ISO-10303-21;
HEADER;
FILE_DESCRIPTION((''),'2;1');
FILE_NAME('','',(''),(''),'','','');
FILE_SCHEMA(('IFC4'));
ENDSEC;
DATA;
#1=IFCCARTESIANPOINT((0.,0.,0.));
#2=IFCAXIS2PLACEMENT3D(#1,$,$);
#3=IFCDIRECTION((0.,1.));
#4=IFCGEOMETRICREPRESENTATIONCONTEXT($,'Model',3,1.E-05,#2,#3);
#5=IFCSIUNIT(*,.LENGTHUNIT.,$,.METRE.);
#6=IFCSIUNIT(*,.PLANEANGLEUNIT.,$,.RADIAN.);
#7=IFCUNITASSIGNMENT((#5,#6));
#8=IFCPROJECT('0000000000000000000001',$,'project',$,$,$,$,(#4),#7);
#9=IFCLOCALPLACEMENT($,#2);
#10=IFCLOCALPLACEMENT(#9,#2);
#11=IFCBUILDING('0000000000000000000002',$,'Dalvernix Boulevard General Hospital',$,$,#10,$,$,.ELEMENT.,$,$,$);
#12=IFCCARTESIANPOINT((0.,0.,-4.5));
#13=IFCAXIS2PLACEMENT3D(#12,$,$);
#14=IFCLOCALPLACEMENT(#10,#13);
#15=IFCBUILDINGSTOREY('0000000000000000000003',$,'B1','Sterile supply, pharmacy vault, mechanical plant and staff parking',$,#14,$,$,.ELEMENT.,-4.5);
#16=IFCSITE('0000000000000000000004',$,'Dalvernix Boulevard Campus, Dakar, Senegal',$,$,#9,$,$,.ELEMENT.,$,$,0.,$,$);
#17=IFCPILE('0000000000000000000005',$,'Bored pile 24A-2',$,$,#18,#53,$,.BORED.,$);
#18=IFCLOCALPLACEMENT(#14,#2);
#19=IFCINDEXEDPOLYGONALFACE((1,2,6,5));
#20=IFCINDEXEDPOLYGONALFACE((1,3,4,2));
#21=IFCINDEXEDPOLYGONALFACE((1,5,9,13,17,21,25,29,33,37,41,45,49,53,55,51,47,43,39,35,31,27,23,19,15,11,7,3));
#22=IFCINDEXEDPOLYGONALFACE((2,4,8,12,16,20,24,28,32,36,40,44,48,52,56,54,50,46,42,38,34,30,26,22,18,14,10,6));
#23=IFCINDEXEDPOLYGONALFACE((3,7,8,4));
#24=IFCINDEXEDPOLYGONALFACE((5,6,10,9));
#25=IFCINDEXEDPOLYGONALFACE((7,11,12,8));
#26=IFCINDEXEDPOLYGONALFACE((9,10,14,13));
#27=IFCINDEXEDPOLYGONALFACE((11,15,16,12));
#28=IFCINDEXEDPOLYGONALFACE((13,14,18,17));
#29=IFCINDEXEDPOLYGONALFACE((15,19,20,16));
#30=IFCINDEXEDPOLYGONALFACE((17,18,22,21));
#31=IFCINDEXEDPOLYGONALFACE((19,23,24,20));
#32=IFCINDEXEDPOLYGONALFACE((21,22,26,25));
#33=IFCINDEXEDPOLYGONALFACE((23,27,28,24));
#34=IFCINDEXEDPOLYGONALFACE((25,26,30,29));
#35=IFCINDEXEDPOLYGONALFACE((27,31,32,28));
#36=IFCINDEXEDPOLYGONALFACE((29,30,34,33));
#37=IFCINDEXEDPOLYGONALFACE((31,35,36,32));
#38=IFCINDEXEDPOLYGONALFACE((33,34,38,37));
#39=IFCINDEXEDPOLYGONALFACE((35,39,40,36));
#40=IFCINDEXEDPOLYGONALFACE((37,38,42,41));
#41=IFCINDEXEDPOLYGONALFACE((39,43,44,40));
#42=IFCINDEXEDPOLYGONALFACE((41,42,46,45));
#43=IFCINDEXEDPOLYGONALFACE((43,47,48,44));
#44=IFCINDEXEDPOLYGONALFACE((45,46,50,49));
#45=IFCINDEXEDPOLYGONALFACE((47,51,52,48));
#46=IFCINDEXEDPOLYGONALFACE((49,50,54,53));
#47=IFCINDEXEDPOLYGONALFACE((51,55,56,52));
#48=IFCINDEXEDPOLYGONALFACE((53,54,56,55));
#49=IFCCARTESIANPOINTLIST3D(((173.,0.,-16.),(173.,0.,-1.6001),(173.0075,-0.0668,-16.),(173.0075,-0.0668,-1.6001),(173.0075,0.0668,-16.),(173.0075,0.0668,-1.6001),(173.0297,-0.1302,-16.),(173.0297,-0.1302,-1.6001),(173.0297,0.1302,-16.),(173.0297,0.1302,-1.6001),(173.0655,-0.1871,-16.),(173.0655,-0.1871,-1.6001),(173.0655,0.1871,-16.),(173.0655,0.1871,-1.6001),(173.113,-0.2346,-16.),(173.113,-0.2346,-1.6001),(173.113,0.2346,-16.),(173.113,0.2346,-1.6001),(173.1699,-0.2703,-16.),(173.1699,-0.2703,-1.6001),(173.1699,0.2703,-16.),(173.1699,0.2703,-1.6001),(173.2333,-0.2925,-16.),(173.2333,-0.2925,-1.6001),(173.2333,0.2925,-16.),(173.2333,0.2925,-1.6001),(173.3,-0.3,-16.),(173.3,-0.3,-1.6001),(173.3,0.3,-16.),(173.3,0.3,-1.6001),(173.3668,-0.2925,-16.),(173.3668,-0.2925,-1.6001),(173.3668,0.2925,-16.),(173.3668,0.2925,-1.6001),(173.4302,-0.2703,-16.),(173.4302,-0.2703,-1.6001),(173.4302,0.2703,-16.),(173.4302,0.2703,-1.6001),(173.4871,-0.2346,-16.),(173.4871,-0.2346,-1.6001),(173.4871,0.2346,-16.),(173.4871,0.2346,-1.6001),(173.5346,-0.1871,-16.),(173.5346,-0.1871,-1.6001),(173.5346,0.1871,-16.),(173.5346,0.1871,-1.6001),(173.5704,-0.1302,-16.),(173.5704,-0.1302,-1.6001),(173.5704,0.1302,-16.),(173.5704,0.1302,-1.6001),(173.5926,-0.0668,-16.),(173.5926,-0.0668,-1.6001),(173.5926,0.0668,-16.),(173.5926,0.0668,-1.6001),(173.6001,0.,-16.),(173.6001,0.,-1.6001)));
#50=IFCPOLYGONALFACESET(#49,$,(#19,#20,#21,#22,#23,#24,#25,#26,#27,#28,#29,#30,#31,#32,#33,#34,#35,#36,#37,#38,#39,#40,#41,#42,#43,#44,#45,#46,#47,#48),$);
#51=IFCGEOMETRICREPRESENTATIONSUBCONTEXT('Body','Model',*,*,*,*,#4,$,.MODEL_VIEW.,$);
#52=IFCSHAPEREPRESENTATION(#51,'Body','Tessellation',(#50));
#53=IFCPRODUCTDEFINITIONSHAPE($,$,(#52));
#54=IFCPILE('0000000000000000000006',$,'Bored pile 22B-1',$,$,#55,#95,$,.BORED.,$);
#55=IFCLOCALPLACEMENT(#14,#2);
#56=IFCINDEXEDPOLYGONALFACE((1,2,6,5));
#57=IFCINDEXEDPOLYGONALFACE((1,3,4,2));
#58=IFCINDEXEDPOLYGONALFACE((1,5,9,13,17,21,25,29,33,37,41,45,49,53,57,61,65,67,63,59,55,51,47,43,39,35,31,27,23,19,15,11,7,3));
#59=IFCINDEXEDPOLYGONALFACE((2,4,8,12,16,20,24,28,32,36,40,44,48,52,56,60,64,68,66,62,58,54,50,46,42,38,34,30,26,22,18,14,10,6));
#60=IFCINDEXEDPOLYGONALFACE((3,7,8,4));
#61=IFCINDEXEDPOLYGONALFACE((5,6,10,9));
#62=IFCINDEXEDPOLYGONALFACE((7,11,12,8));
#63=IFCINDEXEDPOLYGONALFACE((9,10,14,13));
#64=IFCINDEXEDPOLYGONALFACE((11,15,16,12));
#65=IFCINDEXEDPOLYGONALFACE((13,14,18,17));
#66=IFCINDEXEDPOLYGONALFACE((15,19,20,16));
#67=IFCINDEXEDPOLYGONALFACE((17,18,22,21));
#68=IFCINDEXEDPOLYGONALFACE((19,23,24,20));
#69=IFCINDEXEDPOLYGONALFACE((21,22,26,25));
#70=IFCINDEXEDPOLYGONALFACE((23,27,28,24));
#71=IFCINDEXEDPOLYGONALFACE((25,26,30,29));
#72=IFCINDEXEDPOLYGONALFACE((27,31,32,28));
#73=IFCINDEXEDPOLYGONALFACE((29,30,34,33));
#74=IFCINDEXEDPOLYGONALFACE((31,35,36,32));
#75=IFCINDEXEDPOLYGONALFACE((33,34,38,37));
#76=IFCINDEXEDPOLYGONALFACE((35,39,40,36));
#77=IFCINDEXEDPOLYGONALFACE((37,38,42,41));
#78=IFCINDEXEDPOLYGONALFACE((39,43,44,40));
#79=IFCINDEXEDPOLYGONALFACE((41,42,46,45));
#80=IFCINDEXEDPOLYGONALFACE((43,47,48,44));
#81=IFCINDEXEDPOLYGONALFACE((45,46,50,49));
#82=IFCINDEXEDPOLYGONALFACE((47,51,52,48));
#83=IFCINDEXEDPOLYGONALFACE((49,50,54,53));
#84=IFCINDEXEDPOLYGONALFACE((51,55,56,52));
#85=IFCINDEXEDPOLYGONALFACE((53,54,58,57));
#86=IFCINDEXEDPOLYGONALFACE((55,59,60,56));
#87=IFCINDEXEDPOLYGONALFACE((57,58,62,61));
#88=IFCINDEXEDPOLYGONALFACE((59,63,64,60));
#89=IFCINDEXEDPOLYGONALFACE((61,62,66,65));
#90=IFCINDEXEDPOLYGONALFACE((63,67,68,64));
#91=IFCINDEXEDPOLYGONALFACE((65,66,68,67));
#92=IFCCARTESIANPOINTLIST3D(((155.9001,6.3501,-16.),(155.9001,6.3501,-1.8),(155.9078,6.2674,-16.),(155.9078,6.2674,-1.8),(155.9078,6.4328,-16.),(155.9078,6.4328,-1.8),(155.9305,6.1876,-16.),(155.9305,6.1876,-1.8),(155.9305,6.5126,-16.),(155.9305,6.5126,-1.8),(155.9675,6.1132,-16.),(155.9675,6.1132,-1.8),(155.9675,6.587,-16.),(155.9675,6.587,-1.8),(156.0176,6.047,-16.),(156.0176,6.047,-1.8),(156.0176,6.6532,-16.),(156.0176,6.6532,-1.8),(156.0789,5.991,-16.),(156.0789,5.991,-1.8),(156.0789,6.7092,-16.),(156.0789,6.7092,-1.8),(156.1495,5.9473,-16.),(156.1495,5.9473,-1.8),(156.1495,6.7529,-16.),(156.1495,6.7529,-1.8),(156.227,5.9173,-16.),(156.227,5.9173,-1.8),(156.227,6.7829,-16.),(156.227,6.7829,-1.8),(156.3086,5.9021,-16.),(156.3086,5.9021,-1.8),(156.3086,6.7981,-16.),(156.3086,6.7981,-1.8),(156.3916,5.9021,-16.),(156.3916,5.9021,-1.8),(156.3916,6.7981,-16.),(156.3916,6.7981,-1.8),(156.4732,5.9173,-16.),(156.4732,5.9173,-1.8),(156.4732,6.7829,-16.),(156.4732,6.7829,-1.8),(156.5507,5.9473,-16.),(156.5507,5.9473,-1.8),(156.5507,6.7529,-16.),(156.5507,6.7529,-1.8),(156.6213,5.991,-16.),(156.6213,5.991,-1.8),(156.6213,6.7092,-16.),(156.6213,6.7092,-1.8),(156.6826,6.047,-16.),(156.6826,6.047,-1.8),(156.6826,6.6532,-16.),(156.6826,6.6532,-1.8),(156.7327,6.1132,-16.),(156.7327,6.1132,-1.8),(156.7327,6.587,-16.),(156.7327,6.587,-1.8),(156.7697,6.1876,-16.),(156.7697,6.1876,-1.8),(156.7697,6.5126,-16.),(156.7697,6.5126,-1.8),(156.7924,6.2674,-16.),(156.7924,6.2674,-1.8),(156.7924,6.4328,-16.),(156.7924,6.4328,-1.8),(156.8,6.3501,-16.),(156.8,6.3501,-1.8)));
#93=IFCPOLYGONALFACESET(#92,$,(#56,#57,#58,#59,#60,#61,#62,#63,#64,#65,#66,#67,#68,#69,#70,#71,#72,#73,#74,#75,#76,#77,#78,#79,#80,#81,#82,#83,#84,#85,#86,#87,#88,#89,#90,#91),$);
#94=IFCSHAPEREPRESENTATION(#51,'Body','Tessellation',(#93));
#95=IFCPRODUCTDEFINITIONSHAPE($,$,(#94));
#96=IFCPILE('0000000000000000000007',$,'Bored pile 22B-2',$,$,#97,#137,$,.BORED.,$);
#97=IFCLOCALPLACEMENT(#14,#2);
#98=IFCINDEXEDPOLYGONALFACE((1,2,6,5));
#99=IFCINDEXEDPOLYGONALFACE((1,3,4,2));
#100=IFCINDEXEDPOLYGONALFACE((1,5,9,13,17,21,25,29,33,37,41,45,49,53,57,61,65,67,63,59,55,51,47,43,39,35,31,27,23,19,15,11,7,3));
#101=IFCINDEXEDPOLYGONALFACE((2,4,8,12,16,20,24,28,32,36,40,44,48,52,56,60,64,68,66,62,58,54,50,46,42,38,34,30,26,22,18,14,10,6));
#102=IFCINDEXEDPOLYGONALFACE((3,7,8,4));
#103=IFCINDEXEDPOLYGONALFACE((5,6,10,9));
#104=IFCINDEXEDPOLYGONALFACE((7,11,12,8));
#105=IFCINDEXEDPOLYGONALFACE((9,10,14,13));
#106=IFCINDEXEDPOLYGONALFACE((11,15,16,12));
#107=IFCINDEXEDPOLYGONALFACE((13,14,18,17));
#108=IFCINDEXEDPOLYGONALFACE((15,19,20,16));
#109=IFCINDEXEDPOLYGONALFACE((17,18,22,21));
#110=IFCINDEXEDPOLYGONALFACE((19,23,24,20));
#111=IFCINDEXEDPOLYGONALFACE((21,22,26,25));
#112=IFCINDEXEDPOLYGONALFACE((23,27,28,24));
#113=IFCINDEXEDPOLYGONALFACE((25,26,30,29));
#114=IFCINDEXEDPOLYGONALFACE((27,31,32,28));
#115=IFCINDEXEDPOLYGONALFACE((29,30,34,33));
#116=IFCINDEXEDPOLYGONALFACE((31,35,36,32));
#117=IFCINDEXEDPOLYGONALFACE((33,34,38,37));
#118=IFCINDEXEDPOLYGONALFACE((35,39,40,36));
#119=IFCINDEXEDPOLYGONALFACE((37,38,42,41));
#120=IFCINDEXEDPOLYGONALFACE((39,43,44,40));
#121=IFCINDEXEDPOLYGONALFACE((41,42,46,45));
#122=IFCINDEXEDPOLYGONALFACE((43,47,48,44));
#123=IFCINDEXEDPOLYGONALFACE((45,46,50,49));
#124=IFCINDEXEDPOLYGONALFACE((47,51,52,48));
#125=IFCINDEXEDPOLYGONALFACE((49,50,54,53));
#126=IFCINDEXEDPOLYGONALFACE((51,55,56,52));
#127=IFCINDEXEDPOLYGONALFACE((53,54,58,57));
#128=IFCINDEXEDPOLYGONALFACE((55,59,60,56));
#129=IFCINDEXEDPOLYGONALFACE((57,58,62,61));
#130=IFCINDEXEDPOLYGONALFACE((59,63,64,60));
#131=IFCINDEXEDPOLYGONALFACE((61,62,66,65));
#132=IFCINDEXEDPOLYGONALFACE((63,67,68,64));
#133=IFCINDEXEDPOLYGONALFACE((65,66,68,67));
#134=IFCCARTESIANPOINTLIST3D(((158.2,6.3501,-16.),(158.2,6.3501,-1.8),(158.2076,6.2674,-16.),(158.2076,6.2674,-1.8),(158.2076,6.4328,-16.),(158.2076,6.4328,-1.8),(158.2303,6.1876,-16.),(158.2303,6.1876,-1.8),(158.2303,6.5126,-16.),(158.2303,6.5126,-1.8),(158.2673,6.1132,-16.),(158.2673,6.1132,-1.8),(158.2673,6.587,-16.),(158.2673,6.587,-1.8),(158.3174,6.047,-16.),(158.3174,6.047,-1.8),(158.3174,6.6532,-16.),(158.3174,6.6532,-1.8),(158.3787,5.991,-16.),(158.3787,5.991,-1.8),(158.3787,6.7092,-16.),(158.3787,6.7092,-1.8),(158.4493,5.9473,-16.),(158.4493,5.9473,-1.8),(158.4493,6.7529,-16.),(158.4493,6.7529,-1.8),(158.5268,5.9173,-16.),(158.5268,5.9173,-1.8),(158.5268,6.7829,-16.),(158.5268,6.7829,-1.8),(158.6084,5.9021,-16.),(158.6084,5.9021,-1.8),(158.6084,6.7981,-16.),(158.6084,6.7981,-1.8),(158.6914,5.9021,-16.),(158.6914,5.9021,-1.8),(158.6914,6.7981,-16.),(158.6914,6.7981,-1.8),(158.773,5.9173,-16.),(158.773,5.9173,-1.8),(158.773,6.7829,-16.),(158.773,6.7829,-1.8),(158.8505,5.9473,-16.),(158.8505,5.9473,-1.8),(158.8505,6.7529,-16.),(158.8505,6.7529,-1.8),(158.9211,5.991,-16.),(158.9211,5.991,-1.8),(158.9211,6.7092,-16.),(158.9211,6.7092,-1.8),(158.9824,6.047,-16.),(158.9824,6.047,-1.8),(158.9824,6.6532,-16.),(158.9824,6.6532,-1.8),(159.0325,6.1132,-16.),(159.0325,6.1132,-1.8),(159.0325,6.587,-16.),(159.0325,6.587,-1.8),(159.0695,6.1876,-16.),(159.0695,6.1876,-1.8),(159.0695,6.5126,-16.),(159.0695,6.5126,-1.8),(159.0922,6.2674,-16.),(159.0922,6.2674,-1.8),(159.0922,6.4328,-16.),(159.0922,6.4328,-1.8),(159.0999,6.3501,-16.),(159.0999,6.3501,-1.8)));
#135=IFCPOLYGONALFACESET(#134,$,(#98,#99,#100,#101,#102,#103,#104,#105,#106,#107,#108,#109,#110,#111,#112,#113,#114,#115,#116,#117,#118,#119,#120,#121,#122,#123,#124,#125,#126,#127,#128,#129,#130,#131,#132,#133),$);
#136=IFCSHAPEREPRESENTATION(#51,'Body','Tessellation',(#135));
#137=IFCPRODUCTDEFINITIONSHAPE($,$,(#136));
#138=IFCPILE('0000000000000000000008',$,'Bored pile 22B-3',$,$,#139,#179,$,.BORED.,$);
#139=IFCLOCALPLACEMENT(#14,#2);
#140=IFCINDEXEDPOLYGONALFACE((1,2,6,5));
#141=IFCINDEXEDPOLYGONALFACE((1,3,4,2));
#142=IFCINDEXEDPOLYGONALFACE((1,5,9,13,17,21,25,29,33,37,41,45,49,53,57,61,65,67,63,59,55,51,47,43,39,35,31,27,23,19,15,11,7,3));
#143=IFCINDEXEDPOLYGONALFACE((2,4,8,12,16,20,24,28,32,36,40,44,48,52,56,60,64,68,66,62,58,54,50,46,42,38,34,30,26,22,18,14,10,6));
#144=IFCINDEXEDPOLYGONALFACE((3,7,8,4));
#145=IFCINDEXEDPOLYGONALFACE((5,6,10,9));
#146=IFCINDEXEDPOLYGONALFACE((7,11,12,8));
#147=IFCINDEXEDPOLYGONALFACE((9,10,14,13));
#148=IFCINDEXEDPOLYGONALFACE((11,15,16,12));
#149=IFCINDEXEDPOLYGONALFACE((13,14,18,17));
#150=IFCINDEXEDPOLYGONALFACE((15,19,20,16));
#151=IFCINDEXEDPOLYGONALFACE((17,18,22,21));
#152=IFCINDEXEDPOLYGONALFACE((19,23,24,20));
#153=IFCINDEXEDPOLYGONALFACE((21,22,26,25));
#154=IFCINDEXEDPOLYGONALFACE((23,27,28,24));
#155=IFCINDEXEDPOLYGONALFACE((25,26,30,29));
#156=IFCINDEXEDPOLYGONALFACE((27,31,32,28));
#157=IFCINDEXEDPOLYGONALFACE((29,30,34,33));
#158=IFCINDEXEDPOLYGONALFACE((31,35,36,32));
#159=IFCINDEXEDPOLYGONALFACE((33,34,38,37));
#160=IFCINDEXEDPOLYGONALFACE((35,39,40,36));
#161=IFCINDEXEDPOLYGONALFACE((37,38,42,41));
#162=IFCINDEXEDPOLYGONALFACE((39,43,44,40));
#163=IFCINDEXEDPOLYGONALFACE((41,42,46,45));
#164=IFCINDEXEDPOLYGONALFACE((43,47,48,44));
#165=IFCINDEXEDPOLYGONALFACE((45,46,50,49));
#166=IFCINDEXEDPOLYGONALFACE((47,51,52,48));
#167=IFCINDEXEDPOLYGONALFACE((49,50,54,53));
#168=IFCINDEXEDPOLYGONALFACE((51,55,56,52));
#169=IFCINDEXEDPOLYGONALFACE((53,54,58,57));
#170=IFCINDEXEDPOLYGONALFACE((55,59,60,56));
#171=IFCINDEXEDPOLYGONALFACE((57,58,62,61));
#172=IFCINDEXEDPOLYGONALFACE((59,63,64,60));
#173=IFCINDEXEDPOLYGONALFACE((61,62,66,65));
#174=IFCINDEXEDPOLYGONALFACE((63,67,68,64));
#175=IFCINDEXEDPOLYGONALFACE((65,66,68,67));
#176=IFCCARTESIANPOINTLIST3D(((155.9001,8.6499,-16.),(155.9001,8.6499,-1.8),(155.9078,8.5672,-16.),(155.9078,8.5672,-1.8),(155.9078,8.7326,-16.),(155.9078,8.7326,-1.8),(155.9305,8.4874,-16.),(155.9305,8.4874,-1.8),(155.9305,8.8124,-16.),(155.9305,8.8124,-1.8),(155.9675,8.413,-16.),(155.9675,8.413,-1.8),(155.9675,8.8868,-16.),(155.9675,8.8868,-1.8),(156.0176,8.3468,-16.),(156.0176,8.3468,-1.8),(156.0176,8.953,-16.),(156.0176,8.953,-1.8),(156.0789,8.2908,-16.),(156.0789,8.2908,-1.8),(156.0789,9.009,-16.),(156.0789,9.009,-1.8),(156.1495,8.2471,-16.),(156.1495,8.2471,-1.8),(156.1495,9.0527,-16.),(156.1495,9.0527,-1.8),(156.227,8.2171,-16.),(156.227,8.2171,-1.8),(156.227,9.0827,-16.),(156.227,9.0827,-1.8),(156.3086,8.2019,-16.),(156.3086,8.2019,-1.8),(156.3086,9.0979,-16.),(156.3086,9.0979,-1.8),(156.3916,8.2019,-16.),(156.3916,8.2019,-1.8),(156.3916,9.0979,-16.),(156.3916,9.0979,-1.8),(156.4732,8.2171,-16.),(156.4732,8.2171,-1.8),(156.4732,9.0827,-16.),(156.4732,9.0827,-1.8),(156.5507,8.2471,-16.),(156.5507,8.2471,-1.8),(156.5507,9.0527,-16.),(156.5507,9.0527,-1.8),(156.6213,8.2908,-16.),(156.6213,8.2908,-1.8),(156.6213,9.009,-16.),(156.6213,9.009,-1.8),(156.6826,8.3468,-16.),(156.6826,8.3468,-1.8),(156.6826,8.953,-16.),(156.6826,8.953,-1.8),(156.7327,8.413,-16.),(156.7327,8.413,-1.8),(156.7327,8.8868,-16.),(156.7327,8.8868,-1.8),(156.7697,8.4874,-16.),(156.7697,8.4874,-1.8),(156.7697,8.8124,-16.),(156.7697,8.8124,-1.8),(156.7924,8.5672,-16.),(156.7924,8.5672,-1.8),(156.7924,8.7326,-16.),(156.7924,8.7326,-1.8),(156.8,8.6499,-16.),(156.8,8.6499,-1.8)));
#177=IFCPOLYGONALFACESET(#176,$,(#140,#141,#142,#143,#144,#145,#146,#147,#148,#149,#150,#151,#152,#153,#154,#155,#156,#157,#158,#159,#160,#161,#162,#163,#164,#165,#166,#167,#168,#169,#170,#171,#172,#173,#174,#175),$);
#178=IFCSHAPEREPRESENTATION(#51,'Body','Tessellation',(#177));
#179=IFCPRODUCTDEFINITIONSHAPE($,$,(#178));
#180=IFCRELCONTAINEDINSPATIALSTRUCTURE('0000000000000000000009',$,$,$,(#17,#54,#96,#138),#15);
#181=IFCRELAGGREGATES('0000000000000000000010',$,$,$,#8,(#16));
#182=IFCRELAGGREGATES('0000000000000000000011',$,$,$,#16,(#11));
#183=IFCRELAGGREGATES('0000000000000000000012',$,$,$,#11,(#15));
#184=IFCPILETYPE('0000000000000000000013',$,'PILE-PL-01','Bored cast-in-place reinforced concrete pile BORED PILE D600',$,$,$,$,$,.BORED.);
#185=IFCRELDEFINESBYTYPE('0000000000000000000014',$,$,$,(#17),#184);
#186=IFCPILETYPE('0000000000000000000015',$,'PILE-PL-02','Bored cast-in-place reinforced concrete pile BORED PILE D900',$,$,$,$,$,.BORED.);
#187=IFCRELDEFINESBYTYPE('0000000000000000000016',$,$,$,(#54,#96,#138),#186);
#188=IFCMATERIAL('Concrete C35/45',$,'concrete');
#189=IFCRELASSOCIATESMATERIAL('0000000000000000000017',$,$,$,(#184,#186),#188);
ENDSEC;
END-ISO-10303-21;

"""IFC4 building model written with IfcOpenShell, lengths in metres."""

from ifc_helpers import new_model, si_unit, direction, frame, origin, origin_2d, place, context, subcontext, project, spatial, circle, extrude, material, material_profile, profile_set, type_object, element, save


model = new_model("IFC4")

# Units and contexts
model_context = context("Model", 3, precision=1e-05, world=origin(), true_north=direction((0.0, 1.0)))
body_context = subcontext(model_context, "Body", "Model", "MODEL_VIEW")
ifc_project = project(units=[si_unit("LENGTHUNIT", "METRE"), si_unit("PLANEANGLEUNIT", "RADIAN")], contexts=[model_context])

# Site, building, storey
site_placement = place(None, origin())
site = spatial("IfcSite", under=ifc_project, at=site_placement, Name="Dalvernix Boulevard Campus, Dakar, Senegal", CompositionType="ELEMENT", RefElevation=0.0)
building_placement = place(site_placement, origin())
building = spatial("IfcBuilding", under=site, at=building_placement, Name="Dalvernix Boulevard General Hospital", CompositionType="ELEMENT")
storey_placement = place(building_placement, frame((0.0, 0.0, -4.5)))
storey = spatial("IfcBuildingStorey", under=building, at=storey_placement, Name="B1", Description="Sterile supply, pharmacy vault, mechanical plant and staff parking", CompositionType="ELEMENT", Elevation=-4.5)

# Shared definitions
ifc_material_1 = material(Name="Concrete C35/45", Category="concrete")

# Piles
ifc_material_profile_1 = material_profile(ifc_material_1, circle(Radius=0.3, at=origin_2d()), Name="BORED PILE D600")
ifc_profile_set_1 = profile_set([ifc_material_profile_1], Name="Concrete C35/45")
pile_type_1 = type_object("IfcPileType", Name="PILE-PL-01", Description="Bored cast-in-place reinforced concrete pile BORED PILE D600", PredefinedType="BORED", material=ifc_profile_set_1)
for number, where, z_axis, x_axis, name in (
    (1, (173.3, 0.0, -1.6001), (0.0, 0.0, -1.0), (1.0, 0.0, 0.0), "Bored pile 24A-2"),
):
    element("IfcPile", number, at=place(storey_placement, frame(where, z_axis=z_axis, x_axis=x_axis)), inside=storey, type_object=pile_type_1, Name=name, PredefinedType="BORED", context=body_context, shape_type="SweptSolid", body=[
        extrude(circle(Radius=0.3, at=origin_2d()), origin(), (0.0, 0.0, 1.0), 14.3999),
    ])
ifc_material_profile_2 = material_profile(ifc_material_1, circle(Radius=0.45, at=origin_2d()), Name="BORED PILE D900")
ifc_profile_set_2 = profile_set([ifc_material_profile_2], Name="Concrete C35/45")
pile_type_2 = type_object("IfcPileType", Name="PILE-PL-02", Description="Bored cast-in-place reinforced concrete pile BORED PILE D900", PredefinedType="BORED", material=ifc_profile_set_2)
for number, where, z_axis, x_axis, name in (
    (2, (156.3501, 6.3501, -1.8), (0.0, 0.0, -1.0), (1.0, 0.0, 0.0), "Bored pile 22B-1"),
    (3, (158.6499, 6.3501, -1.8), (0.0, 0.0, -1.0), (1.0, 0.0, 0.0), "Bored pile 22B-2"),
    (4, (156.3501, 8.6499, -1.8), (0.0, 0.0, -1.0), (1.0, 0.0, 0.0), "Bored pile 22B-3"),
):
    element("IfcPile", number, at=place(storey_placement, frame(where, z_axis=z_axis, x_axis=x_axis)), inside=storey, type_object=pile_type_2, Name=name, PredefinedType="BORED", context=body_context, shape_type="SweptSolid", body=[
        extrude(circle(Radius=0.45, at=origin_2d()), origin(), (0.0, 0.0, 1.0), 14.2),
    ])

save(model, "model.ifc")
